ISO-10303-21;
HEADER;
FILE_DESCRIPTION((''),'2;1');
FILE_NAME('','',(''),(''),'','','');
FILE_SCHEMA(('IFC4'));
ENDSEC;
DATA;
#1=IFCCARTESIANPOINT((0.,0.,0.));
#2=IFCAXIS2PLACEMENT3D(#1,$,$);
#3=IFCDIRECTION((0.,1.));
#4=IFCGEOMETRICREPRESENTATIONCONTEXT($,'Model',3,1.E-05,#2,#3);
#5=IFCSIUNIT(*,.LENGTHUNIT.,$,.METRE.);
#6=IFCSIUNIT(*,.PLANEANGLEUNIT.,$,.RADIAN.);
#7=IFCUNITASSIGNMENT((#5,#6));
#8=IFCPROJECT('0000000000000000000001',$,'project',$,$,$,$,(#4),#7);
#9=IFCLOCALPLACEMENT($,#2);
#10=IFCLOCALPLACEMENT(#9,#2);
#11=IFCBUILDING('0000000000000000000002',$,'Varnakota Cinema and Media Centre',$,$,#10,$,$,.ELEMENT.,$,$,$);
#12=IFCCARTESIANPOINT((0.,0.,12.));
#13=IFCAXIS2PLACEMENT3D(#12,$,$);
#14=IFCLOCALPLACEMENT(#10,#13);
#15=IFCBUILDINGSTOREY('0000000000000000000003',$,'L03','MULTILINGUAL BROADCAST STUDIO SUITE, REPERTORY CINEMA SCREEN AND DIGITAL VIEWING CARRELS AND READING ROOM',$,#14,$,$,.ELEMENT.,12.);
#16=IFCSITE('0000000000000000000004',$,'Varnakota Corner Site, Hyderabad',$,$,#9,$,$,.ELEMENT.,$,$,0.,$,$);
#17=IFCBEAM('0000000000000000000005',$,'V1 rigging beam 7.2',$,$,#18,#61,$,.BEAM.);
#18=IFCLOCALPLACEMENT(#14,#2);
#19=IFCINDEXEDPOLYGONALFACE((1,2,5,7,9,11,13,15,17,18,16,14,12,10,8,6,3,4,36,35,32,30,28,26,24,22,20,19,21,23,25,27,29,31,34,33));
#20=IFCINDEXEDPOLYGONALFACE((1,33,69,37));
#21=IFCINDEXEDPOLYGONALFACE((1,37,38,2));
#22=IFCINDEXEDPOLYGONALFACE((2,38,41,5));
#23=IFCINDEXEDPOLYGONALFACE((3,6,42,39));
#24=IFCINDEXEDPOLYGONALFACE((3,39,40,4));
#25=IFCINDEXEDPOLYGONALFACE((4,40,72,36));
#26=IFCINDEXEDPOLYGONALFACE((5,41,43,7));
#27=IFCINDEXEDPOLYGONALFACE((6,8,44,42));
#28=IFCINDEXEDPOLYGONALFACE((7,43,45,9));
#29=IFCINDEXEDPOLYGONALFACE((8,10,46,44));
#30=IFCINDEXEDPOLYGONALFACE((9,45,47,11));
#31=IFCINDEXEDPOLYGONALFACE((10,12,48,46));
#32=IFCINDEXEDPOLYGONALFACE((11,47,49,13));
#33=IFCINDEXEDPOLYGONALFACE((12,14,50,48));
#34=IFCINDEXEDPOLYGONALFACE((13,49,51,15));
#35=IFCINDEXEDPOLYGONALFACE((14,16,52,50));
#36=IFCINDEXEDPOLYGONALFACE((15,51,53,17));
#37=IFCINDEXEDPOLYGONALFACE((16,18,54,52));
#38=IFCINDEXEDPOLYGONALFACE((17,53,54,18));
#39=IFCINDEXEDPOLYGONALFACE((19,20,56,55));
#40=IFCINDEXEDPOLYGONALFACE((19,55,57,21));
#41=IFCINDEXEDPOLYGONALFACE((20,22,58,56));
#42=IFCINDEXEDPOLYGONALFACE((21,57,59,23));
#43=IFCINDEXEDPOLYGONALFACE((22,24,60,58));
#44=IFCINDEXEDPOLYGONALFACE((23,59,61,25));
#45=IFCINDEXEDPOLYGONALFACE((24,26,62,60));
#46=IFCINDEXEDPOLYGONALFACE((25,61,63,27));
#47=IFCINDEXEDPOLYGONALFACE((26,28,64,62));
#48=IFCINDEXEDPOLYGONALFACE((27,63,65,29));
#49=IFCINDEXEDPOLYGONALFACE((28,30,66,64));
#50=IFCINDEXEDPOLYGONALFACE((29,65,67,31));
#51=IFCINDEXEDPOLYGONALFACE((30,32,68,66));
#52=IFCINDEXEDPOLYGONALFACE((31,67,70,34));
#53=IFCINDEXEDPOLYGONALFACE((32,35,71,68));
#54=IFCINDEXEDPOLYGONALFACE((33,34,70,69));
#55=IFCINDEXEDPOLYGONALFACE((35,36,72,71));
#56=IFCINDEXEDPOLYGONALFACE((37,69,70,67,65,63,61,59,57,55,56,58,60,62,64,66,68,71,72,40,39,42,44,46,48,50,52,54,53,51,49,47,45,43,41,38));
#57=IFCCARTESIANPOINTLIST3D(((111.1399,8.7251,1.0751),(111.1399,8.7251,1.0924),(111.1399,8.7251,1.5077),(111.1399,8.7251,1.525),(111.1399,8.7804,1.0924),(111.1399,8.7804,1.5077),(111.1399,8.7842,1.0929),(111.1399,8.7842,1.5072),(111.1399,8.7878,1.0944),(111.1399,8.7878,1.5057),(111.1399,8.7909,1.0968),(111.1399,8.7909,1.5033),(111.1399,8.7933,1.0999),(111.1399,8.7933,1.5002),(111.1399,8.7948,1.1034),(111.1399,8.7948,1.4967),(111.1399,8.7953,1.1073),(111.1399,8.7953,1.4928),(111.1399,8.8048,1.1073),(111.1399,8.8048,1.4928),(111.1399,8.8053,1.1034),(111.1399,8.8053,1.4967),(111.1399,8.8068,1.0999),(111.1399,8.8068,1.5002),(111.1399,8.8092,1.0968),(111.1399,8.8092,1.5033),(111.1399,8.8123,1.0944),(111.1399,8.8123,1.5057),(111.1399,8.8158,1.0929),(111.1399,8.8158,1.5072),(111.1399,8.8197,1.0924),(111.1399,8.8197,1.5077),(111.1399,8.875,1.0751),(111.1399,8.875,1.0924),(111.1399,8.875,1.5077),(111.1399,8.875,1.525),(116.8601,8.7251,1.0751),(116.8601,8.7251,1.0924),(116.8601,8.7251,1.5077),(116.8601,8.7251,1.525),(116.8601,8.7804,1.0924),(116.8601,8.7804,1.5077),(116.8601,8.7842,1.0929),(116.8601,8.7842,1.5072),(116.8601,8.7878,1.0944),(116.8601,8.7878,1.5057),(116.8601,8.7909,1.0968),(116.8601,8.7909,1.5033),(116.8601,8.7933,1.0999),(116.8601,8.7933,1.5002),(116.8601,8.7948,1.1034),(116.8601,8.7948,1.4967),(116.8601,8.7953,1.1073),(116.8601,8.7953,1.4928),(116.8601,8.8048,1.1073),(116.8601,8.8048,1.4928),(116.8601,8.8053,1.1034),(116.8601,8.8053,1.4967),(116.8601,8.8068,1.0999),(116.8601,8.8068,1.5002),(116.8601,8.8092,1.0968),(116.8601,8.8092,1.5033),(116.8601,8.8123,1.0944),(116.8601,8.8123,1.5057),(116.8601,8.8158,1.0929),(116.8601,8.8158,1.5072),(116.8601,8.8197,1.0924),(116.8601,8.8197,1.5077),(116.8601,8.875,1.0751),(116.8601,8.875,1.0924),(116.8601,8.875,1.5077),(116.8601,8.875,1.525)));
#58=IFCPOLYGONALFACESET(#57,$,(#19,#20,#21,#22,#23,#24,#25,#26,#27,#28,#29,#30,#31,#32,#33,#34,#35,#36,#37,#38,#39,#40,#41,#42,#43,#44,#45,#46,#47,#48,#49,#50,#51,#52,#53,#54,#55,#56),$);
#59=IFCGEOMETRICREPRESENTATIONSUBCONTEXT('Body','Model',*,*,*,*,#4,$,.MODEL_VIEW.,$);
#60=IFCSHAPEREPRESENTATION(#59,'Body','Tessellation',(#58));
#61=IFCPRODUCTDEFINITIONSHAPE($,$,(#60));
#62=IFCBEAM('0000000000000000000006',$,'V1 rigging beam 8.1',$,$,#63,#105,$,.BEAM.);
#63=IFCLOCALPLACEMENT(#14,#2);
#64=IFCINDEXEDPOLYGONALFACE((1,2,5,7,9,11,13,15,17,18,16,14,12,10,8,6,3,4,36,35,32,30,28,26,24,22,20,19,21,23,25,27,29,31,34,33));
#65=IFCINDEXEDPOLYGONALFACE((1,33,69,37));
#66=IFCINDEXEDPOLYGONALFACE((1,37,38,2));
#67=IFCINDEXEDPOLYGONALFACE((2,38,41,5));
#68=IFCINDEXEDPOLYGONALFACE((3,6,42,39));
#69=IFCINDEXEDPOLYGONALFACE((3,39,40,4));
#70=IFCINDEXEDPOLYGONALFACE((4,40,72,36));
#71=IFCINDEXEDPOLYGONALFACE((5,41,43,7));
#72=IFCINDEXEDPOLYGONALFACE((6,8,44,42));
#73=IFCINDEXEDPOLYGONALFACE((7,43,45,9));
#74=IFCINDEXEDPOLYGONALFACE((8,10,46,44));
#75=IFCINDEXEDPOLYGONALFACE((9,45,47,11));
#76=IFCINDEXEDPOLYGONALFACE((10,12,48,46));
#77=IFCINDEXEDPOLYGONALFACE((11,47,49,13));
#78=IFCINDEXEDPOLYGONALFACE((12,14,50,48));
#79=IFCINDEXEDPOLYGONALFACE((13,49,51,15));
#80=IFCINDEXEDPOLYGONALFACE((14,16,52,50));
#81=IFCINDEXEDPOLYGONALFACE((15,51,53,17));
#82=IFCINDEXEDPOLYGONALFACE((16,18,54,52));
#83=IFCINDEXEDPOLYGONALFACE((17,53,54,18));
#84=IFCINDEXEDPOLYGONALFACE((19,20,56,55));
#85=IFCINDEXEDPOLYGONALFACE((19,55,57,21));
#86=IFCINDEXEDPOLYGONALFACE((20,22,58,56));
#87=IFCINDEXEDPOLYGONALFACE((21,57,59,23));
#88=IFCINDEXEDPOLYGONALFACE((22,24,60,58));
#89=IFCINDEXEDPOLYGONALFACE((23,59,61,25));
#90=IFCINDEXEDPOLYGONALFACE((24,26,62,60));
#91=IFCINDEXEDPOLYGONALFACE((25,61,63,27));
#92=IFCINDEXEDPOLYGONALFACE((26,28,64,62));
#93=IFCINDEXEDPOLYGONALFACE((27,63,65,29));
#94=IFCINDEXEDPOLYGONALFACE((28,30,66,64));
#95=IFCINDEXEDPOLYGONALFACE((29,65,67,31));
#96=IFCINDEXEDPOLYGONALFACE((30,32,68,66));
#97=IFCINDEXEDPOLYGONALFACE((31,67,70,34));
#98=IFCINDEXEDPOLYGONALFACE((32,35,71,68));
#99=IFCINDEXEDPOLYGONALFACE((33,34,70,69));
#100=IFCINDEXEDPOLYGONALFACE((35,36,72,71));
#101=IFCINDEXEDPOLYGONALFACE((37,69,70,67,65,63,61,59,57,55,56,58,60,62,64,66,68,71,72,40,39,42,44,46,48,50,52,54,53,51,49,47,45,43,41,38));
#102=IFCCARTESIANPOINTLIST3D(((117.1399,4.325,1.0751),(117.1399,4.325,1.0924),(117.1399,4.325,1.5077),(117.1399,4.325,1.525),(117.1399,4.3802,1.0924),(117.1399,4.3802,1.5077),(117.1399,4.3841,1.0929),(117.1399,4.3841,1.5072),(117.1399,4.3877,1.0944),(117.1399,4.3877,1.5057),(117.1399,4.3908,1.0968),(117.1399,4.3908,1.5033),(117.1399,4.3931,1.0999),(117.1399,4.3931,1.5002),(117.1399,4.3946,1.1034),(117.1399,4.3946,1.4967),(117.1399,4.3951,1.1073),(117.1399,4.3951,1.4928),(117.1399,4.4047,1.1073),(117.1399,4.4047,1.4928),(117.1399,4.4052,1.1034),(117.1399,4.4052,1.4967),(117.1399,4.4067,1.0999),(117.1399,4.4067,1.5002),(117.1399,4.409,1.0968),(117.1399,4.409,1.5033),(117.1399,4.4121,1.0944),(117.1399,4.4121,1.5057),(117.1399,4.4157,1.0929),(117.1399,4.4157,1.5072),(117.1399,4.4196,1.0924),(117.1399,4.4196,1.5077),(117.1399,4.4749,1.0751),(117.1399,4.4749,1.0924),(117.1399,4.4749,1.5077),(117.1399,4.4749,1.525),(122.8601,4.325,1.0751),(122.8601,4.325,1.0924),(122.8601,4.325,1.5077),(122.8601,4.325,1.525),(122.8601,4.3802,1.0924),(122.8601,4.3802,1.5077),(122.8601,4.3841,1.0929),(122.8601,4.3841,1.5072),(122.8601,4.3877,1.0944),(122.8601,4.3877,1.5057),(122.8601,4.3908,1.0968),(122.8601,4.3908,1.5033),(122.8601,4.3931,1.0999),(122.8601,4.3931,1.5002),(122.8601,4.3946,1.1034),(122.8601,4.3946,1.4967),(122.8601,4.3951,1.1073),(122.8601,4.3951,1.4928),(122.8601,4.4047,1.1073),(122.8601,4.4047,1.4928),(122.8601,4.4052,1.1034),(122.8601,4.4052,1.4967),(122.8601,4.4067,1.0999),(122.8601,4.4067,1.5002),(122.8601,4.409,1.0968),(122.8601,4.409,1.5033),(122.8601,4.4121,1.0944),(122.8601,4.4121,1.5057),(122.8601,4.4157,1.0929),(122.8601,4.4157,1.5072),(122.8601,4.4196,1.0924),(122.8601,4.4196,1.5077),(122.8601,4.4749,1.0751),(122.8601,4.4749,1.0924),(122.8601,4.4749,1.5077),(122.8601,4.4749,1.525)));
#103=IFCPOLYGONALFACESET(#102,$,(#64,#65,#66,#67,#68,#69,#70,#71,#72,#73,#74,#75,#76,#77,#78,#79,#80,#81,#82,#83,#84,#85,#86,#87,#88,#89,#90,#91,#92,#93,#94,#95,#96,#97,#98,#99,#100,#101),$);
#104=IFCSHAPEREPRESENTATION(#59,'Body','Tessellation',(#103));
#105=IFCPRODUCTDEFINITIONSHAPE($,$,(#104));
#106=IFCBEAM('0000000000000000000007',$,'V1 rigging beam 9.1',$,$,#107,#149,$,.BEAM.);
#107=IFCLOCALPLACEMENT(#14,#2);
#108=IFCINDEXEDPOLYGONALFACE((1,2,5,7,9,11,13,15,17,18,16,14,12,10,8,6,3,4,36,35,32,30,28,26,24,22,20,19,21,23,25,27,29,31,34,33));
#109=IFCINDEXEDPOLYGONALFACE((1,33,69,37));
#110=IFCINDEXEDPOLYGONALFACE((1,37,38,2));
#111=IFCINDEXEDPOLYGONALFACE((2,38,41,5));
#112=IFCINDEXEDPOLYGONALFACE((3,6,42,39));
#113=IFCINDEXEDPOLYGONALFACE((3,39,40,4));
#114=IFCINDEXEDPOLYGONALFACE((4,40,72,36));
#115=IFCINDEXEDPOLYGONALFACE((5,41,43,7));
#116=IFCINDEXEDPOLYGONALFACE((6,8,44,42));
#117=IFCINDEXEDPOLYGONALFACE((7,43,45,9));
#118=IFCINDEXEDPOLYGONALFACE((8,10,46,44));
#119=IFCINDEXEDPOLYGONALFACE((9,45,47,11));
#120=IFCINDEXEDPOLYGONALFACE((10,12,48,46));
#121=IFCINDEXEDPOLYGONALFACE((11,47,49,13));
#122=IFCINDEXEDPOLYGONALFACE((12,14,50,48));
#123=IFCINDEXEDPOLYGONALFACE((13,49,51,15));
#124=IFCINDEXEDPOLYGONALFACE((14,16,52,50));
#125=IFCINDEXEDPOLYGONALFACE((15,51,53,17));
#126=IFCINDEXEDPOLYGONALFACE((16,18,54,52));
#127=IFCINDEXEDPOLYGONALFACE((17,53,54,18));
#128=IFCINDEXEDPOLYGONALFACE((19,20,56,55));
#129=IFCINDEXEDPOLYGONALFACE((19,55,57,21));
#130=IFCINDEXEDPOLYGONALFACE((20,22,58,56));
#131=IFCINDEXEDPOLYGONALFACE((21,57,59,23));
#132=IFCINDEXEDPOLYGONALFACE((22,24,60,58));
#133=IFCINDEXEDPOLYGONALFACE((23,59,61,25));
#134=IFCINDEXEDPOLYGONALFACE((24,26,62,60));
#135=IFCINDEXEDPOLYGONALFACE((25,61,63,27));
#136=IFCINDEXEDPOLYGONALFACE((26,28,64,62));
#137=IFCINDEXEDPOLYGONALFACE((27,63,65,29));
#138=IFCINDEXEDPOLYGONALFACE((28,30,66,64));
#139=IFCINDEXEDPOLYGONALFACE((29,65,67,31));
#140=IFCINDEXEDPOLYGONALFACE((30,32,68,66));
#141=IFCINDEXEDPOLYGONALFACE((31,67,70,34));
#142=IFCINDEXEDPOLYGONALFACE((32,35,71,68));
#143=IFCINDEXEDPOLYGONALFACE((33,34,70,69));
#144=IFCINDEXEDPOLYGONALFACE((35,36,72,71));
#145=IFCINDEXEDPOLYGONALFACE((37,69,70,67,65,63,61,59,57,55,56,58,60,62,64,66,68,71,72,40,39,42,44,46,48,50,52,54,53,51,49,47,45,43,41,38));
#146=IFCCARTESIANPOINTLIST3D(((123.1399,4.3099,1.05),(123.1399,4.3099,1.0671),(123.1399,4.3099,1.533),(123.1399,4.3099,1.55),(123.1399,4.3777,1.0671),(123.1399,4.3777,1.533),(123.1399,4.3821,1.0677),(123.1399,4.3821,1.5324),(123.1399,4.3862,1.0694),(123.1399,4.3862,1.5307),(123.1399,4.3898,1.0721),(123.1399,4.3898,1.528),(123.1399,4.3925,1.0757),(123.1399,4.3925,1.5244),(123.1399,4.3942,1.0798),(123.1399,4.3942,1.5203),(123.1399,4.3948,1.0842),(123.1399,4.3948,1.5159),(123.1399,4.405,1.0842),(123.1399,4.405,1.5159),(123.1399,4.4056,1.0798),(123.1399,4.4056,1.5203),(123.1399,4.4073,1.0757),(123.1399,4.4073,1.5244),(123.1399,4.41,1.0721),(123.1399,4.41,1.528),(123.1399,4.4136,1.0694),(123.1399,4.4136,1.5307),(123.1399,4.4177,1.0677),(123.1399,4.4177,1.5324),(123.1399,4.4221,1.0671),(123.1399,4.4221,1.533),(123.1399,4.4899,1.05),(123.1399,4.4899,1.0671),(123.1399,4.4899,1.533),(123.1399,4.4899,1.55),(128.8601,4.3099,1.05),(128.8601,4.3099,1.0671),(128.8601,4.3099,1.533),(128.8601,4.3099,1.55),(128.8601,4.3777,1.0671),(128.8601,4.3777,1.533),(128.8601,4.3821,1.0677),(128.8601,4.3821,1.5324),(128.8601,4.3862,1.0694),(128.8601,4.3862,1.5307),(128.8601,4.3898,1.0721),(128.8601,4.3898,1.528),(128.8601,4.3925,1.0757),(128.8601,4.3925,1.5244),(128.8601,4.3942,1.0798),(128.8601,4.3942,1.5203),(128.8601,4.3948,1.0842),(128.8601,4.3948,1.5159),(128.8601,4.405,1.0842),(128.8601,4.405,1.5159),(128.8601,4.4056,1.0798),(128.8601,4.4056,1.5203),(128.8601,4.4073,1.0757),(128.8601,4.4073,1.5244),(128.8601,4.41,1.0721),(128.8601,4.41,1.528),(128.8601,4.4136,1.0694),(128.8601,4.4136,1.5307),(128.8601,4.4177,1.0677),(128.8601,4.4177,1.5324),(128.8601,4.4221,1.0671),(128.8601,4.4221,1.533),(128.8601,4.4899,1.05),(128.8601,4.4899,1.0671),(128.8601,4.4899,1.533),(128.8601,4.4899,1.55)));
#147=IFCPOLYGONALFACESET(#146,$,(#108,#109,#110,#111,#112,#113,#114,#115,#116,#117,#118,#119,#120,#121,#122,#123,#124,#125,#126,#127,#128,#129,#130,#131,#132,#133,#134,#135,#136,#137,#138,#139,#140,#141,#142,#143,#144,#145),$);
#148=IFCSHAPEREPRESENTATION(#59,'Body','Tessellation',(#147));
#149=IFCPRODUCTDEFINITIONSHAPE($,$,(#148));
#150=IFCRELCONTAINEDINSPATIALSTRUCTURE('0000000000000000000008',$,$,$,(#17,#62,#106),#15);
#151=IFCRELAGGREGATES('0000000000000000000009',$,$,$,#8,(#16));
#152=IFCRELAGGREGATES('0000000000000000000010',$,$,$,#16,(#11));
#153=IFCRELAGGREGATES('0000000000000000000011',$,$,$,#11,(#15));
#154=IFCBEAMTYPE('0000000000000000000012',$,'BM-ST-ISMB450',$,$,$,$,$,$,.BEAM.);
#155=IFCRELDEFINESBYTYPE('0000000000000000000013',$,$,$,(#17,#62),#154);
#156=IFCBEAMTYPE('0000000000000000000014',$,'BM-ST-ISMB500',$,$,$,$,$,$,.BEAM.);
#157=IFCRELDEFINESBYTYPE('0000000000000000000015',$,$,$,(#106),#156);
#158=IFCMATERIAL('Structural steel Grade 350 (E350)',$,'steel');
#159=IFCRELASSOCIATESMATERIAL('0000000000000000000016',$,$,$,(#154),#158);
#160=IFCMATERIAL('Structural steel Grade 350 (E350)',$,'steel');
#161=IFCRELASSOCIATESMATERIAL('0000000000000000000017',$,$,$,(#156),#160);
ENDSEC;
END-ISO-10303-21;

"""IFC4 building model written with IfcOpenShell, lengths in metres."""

from ifc_helpers import new_model, si_unit, direction, frame, origin, origin_2d, place, context, subcontext, project, spatial, i_section, extrude, material, material_profile, profile_set, type_object, element, save


model = new_model("IFC4")

# Units and contexts
model_context = context("Model", 3, precision=1e-05, world=origin(), true_north=direction((0.0, 1.0)))
body_context = subcontext(model_context, "Body", "Model", "MODEL_VIEW")
ifc_project = project(units=[si_unit("LENGTHUNIT", "METRE"), si_unit("PLANEANGLEUNIT", "RADIAN")], contexts=[model_context])

# Site, building, storey
site_placement = place(None, origin())
site = spatial("IfcSite", under=ifc_project, at=site_placement, Name="Varnakota Corner Site, Hyderabad", CompositionType="ELEMENT", RefElevation=0.0)
building_placement = place(site_placement, origin())
building = spatial("IfcBuilding", under=site, at=building_placement, Name="Varnakota Cinema and Media Centre", CompositionType="ELEMENT")
storey_placement = place(building_placement, frame((0.0, 0.0, 12.0)))
storey = spatial("IfcBuildingStorey", under=building, at=storey_placement, Name="L03", Description="MULTILINGUAL BROADCAST STUDIO SUITE, REPERTORY CINEMA SCREEN AND DIGITAL VIEWING CARRELS AND READING ROOM", CompositionType="ELEMENT", Elevation=12.0)

# Beams
ifc_material_1 = material(Name="Structural steel Grade 350 (E350)", Category="steel")
ifc_material_profile_1 = material_profile(ifc_material_1, i_section(OverallWidth=0.1499, OverallDepth=0.45, WebThickness=0.0095, FlangeThickness=0.0173, FilletRadius=0.0149, at=origin_2d()), Name="ISMB 450")
ifc_profile_set_1 = profile_set([ifc_material_profile_1], Name="Structural steel Grade 350 (E350)")
beam_type_1 = type_object("IfcBeamType", Name="BM-ST-ISMB450", PredefinedType="BEAM", material=ifc_profile_set_1)
for number, where, z_axis, x_axis, name in (
    (1, (111.1399, 8.8, 1.3), (1.0, 0.0, 0.0), (0.0, 1.0, 0.0), "V1 rigging beam 7.2"),
    (2, (117.1399, 4.3999, 1.3), (1.0, 0.0, 0.0), (0.0, 1.0, 0.0), "V1 rigging beam 8.1"),
):
    element("IfcBeam", number, at=place(storey_placement, frame(where, z_axis=z_axis, x_axis=x_axis)), inside=storey, type_object=beam_type_1, Name=name, PredefinedType="BEAM", context=body_context, shape_type="SweptSolid", body=[
        extrude(i_section(OverallWidth=0.1499, OverallDepth=0.45, WebThickness=0.0095, FlangeThickness=0.0173, FilletRadius=0.0149, at=origin_2d()), origin(), (0.0, 0.0, 1.0), 5.7202),
    ])
ifc_material_2 = material(Name="Structural steel Grade 350 (E350)", Category="steel")
ifc_material_profile_2 = material_profile(ifc_material_2, i_section(OverallWidth=0.1799, OverallDepth=0.5, WebThickness=0.0103, FlangeThickness=0.0171, FilletRadius=0.0171, at=origin_2d()), Name="ISMB 500")
ifc_profile_set_2 = profile_set([ifc_material_profile_2], Name="Structural steel Grade 350 (E350)")
beam_type_2 = type_object("IfcBeamType", Name="BM-ST-ISMB500", PredefinedType="BEAM", material=ifc_profile_set_2)
beam_1_placement = place(storey_placement, frame((123.1399, 4.3999, 1.3), z_axis=(1.0, 0.0, 0.0), x_axis=(0.0, 1.0, 0.0)))
element("IfcBeam", 3, at=beam_1_placement, inside=storey, type_object=beam_type_2, Name="V1 rigging beam 9.1", PredefinedType="BEAM", context=body_context, shape_type="SweptSolid", body=[
    extrude(i_section(OverallWidth=0.1799, OverallDepth=0.5, WebThickness=0.0103, FlangeThickness=0.0171, FilletRadius=0.0171, at=origin_2d()), origin(), (0.0, 0.0, 1.0), 5.7202),
])

save(model, "model.ifc")
